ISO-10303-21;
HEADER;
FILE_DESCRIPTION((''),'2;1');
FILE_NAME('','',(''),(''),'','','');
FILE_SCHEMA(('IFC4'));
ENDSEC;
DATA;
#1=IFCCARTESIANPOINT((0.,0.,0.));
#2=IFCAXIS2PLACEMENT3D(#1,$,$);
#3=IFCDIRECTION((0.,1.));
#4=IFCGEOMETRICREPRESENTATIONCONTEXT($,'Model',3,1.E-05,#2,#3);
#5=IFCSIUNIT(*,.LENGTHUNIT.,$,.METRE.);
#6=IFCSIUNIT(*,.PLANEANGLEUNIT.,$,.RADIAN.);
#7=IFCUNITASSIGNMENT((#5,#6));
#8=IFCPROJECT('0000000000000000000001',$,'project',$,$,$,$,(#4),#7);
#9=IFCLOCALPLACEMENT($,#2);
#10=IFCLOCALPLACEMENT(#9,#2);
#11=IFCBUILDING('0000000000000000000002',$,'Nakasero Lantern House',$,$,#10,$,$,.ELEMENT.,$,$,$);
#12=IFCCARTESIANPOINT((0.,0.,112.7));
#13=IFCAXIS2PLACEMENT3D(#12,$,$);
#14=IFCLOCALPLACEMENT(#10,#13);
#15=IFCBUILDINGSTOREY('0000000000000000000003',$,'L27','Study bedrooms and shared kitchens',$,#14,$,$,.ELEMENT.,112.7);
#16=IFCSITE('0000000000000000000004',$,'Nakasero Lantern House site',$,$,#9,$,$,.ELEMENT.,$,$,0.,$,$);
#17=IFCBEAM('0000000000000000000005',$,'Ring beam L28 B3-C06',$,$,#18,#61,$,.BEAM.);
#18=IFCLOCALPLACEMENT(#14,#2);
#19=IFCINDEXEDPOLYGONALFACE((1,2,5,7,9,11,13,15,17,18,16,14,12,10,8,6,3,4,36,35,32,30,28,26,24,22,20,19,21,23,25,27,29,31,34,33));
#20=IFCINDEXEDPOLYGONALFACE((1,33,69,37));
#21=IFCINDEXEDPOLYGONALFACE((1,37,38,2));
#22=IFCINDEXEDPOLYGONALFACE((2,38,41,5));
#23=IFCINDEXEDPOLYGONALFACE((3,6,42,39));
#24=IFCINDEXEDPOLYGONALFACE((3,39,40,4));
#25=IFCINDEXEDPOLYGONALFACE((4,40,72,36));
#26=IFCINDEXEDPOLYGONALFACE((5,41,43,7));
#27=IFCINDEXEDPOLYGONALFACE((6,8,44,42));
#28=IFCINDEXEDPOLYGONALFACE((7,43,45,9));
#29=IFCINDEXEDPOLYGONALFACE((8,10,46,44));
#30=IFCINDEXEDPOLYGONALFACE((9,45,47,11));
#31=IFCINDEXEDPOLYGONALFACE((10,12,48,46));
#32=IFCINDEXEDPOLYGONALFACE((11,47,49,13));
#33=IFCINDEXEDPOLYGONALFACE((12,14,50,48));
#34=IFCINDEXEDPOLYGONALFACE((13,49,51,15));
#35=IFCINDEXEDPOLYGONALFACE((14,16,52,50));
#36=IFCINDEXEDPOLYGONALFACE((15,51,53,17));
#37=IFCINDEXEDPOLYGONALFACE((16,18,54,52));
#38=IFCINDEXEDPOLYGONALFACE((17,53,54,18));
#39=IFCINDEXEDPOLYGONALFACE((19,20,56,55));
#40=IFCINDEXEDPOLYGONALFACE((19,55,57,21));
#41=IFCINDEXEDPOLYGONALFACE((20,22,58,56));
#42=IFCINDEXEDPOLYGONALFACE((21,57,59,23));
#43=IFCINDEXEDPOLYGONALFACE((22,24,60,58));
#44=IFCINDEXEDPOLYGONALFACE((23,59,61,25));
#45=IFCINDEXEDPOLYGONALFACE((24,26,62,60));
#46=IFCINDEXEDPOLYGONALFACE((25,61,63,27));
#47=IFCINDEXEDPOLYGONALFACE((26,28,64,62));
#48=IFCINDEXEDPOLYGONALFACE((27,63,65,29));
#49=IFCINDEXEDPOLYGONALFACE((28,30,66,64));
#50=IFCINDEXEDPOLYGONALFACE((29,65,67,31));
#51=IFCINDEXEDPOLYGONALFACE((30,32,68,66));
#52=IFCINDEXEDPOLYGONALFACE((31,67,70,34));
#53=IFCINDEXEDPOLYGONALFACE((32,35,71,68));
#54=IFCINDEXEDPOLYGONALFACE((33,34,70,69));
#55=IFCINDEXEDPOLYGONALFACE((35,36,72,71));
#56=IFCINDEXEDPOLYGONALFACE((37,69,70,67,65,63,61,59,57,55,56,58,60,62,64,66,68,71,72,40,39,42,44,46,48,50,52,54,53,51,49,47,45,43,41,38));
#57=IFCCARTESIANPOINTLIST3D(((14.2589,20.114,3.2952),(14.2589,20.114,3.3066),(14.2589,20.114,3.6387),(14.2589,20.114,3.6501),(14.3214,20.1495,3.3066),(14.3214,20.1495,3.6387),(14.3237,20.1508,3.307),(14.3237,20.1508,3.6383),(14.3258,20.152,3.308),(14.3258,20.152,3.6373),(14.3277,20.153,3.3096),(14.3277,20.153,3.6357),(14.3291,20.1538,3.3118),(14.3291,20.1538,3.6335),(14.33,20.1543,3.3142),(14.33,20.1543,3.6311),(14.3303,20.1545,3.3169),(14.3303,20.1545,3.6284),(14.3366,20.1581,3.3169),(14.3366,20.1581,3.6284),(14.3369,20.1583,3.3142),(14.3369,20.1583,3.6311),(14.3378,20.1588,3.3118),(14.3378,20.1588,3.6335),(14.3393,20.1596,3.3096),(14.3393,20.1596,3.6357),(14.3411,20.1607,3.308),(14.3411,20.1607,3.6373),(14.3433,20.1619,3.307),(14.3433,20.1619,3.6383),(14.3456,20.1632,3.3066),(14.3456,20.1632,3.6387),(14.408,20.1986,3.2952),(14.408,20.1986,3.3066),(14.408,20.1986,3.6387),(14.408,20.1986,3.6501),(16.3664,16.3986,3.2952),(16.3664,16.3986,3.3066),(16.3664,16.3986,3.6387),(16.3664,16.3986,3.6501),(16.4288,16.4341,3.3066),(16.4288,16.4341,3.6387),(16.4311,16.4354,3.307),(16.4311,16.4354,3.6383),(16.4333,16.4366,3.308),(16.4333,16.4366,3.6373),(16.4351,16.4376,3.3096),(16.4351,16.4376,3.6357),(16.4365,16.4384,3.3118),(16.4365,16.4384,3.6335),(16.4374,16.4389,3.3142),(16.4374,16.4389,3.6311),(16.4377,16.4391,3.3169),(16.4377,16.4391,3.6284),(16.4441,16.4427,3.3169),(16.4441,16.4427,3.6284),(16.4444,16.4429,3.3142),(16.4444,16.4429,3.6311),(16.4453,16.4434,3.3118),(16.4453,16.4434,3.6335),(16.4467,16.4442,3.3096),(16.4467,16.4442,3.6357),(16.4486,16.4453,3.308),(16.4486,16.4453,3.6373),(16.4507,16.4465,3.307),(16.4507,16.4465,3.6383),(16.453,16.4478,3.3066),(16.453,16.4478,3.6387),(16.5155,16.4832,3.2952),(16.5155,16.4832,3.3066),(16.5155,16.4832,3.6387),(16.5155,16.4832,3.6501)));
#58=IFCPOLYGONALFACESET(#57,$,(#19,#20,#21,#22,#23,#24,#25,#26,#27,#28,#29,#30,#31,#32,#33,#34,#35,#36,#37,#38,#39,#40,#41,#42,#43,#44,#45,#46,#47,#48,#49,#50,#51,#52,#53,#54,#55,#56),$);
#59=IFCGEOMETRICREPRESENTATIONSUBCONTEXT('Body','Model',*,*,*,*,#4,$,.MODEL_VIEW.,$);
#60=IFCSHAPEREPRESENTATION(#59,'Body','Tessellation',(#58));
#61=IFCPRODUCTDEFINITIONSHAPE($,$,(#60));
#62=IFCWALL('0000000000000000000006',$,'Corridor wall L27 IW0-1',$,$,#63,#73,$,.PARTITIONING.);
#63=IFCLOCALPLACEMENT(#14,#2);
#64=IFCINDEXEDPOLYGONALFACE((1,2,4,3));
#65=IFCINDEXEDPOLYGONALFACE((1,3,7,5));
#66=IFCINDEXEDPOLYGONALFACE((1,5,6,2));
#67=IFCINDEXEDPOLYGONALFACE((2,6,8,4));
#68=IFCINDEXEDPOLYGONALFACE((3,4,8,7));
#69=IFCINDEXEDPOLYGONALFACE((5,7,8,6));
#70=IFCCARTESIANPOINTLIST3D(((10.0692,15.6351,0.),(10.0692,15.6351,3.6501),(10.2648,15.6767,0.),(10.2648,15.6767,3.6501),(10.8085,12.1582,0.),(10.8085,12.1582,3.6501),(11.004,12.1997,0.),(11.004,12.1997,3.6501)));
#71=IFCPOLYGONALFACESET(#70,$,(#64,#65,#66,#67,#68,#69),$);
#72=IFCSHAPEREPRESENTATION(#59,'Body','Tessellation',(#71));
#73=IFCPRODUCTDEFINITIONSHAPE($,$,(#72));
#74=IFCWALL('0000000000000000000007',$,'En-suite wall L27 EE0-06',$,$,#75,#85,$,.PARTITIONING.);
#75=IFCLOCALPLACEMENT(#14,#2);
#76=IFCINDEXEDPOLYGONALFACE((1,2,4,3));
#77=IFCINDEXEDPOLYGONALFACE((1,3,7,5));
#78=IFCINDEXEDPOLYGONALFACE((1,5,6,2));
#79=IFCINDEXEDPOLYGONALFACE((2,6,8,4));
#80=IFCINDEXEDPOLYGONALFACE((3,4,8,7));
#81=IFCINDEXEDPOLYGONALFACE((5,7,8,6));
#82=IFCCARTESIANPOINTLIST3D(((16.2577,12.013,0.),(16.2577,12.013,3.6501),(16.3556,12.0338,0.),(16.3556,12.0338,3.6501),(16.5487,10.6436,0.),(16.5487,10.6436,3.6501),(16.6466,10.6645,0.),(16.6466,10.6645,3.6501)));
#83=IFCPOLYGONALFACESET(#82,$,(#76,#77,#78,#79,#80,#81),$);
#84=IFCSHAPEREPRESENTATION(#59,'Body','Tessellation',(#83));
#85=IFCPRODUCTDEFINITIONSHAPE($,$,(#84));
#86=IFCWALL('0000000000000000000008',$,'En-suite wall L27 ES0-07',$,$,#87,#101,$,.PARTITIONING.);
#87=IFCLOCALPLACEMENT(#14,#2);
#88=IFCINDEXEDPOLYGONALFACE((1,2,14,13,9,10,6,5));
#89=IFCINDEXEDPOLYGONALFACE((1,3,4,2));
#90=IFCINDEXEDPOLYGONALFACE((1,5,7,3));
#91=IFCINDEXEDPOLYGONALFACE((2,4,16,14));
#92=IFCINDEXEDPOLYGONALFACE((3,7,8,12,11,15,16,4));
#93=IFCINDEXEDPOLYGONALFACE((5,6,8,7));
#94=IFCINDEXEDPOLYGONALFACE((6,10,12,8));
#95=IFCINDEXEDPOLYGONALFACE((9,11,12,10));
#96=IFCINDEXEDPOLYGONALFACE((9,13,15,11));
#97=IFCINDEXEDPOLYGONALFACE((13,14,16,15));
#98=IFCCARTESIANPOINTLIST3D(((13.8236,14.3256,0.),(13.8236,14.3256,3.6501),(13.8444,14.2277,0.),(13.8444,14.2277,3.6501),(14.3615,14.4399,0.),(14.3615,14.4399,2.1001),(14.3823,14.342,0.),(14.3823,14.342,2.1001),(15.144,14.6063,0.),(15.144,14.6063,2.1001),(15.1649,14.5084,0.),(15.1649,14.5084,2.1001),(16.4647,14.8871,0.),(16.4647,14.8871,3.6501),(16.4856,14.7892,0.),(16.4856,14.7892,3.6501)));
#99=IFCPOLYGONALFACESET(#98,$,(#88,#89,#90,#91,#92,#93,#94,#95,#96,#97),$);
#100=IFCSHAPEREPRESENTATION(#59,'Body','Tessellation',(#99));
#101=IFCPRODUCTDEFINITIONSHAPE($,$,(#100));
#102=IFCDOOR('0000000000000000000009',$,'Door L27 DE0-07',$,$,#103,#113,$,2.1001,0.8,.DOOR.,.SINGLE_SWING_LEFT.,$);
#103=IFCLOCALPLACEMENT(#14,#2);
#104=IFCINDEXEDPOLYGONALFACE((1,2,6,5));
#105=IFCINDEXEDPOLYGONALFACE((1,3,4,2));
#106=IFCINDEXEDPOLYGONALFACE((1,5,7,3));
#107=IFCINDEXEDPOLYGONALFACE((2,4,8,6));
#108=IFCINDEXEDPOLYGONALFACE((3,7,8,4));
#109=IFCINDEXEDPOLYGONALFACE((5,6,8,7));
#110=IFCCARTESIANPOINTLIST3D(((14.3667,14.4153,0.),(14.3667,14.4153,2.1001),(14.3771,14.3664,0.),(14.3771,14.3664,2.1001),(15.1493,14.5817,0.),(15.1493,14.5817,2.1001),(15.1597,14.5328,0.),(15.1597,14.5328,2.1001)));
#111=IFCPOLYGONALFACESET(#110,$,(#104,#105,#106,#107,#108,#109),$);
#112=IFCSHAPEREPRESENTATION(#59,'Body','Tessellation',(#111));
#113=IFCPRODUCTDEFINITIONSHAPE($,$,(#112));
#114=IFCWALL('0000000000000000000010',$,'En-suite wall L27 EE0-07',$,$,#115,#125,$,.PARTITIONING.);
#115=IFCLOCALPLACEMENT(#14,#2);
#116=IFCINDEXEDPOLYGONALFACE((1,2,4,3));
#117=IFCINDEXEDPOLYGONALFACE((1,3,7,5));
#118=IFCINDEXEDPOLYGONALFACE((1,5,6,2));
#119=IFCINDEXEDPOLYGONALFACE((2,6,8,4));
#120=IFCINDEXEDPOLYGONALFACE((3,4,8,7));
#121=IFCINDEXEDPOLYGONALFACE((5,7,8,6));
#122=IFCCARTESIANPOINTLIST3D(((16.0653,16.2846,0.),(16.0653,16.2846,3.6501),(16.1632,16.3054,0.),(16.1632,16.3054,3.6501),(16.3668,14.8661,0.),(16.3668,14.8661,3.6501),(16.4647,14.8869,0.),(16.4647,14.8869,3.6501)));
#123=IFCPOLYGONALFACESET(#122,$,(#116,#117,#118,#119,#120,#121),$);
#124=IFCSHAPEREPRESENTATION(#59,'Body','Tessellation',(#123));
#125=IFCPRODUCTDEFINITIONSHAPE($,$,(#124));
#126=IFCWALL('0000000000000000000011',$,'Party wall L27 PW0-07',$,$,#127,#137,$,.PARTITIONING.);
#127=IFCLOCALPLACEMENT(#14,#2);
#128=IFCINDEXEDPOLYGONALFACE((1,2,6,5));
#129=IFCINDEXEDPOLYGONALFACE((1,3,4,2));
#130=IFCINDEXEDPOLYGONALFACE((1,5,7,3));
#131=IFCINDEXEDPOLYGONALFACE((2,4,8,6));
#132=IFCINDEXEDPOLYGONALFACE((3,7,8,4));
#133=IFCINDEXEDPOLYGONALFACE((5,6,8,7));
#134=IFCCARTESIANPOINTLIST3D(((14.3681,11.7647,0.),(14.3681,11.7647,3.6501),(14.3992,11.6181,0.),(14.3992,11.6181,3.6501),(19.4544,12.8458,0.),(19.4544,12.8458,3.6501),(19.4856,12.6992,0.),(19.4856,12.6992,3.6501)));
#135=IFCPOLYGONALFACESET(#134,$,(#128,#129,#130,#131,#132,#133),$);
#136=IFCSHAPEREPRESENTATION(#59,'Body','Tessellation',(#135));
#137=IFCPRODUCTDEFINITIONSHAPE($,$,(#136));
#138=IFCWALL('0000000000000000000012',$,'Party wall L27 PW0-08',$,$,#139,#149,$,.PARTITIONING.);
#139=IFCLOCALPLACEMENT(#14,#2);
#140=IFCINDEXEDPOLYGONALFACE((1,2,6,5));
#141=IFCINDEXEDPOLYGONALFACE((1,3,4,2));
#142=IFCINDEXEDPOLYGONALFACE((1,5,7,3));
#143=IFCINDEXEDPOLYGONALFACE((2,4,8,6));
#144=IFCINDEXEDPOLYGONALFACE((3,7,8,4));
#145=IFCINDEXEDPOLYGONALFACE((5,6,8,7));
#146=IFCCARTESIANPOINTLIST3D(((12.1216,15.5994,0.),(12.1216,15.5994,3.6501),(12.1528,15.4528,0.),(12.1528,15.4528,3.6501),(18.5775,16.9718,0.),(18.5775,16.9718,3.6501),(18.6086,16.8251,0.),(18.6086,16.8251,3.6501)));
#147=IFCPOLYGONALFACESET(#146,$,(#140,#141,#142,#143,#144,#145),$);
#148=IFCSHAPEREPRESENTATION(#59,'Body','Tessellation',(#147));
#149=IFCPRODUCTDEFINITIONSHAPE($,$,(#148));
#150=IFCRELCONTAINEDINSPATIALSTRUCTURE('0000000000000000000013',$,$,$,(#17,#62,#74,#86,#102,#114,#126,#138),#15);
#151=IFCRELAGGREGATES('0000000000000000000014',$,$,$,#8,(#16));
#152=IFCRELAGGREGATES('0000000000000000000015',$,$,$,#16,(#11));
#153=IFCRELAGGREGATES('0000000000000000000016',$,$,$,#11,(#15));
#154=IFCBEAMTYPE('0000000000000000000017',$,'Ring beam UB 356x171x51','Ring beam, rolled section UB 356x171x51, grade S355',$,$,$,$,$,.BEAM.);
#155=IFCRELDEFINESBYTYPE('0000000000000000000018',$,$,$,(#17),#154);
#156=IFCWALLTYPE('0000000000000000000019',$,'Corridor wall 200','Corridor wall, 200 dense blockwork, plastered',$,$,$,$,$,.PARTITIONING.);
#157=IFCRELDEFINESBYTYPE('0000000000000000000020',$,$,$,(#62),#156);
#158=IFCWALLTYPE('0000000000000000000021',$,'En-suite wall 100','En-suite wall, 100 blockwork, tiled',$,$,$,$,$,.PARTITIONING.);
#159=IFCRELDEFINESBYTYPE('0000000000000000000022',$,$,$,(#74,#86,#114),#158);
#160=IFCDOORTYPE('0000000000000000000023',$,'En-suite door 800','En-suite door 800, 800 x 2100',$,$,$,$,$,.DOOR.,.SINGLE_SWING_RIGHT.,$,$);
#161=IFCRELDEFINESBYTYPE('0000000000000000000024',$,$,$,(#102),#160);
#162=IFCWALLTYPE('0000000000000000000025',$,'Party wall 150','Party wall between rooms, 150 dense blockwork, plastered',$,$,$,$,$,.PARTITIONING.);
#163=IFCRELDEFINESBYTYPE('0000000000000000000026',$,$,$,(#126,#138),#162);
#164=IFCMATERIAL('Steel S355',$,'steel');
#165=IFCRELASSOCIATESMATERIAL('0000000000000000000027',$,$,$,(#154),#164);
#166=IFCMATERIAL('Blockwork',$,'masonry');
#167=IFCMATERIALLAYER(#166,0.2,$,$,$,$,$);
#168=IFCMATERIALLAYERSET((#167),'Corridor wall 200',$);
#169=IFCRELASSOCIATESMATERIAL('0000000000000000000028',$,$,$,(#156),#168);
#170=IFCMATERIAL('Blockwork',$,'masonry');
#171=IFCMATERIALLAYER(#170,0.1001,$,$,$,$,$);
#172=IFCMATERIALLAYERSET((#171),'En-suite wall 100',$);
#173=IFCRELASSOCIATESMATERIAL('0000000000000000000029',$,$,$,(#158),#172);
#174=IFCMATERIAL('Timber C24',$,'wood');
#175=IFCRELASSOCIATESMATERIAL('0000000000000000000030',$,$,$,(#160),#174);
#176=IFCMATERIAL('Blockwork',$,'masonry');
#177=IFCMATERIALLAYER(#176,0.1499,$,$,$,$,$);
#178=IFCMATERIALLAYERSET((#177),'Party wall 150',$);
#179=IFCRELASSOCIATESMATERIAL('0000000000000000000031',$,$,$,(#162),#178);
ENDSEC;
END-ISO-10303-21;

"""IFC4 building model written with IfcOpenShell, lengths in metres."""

from ifc_helpers import new_model, si_unit, direction, frame, frame_2d, origin, origin_2d, place, context, subcontext, project, spatial, rectangle, i_section, extrude, material, layer, layer_set, material_profile, profile_set, type_object, element, fill, save


model = new_model("IFC4")

# Units and contexts
model_context = context("Model", 3, precision=1e-05, world=origin(), true_north=direction((0.0, 1.0)))
body_context = subcontext(model_context, "Body", "Model", "MODEL_VIEW")
ifc_project = project(units=[si_unit("LENGTHUNIT", "METRE"), si_unit("PLANEANGLEUNIT", "RADIAN")], contexts=[model_context])

# Site, building, storey
site_placement = place(None, origin())
site = spatial("IfcSite", under=ifc_project, at=site_placement, Name="Nakasero Lantern House site", CompositionType="ELEMENT", RefElevation=0.0)
building_placement = place(site_placement, origin())
building = spatial("IfcBuilding", under=site, at=building_placement, Name="Nakasero Lantern House", CompositionType="ELEMENT")
storey_placement = place(building_placement, frame((0.0, 0.0, 112.7)))
storey = spatial("IfcBuildingStorey", under=building, at=storey_placement, Name="L27", Description="Study bedrooms and shared kitchens", CompositionType="ELEMENT", Elevation=112.7)

# Beam
ifc_material_1 = material(Name="Steel S355", Category="steel")
ifc_material_profile_1 = material_profile(ifc_material_1, i_section(OverallWidth=0.1714, OverallDepth=0.355, WebThickness=0.0073, FlangeThickness=0.0115, FilletRadius=0.0103, at=origin_2d()), Name="UB 356x171x51")
ifc_profile_set_1 = profile_set([ifc_material_profile_1], Name="Steel S355")
beam_type_1 = type_object("IfcBeamType", Name="Ring beam UB 356x171x51", Description="Ring beam, rolled section UB 356x171x51, grade S355", PredefinedType="BEAM", material=ifc_profile_set_1)
beam_1_placement = place(storey_placement, frame((16.4409, 16.4409, 3.4727), z_axis=(-0.493379, 0.869815, 0.0), x_axis=(-0.869815, -0.493379, 0.0)))
element("IfcBeam", 1, at=beam_1_placement, inside=storey, type_object=beam_type_1, Name="Ring beam L28 B3-C06", PredefinedType="BEAM", context=body_context, shape_type="SweptSolid", body=[
    extrude(i_section(OverallWidth=0.1714, OverallDepth=0.355, WebThickness=0.0073, FlangeThickness=0.0115, FilletRadius=0.0103, at=origin_2d()), origin(), (0.0, 0.0, 1.0), 4.2715),
])

# Walls
ifc_material_2 = material(Name="Blockwork", Category="masonry")
ifc_layer_1 = layer(ifc_material_2, 0.2)
ifc_layer_set_1 = layer_set([ifc_layer_1], Name="Corridor wall 200")
wall_type_1 = type_object("IfcWallType", Name="Corridor wall 200", Description="Corridor wall, 200 dense blockwork, plastered", PredefinedType="PARTITIONING", material=ifc_layer_set_1)
wall_1_placement = place(storey_placement, frame((10.9062, 12.179, 0.0), z_axis=(0.0, 0.0, 1.0), x_axis=(-0.207962, 0.978137, 0.0)))
element("IfcWall", 2, at=wall_1_placement, inside=storey, type_object=wall_type_1, Name="Corridor wall L27 IW0-1", PredefinedType="PARTITIONING", context=body_context, shape_type="SweptSolid", body=[
    extrude(rectangle(XDim=3.5547, YDim=0.2, at=frame_2d((1.7773, 0.0))), origin(), (0.0, 0.0, 1.0), 3.6501),
])
ifc_material_3 = material(Name="Blockwork", Category="masonry")
ifc_layer_2 = layer(ifc_material_3, 0.1001)
ifc_layer_set_2 = layer_set([ifc_layer_2], Name="En-suite wall 100")
wall_type_2 = type_object("IfcWallType", Name="En-suite wall 100", Description="En-suite wall, 100 blockwork, tiled", PredefinedType="PARTITIONING", material=ifc_layer_set_2)
wall_2_placement = place(storey_placement, frame((16.5977, 10.6541, 0.0), z_axis=(0.0, 0.0, 1.0), x_axis=(-0.207873, 0.978156, 0.0)))
element("IfcWall", 3, at=wall_2_placement, inside=storey, type_object=wall_type_2, Name="En-suite wall L27 EE0-06", PredefinedType="PARTITIONING", context=body_context, shape_type="SweptSolid", body=[
    extrude(rectangle(XDim=1.3999, YDim=0.1001, at=frame_2d((0.7, 0.0))), origin(), (0.0, 0.0, 1.0), 3.6501),
])

# Wall, opening, door
wall_3_placement = place(storey_placement, frame((13.834, 14.2766, 0.0), z_axis=(0.0, 0.0, 1.0), x_axis=(0.978137, 0.20796, 0.0)))
wall_3 = element("IfcWall", 4, at=wall_3_placement, inside=storey, type_object=wall_type_2, Name="En-suite wall L27 ES0-07", PredefinedType="PARTITIONING", context=body_context, shape_type="SweptSolid", body=[
    extrude(rectangle(XDim=2.7002, YDim=0.1001, at=frame_2d((1.3501, 0.0))), origin(), (0.0, 0.0, 1.0), 3.6501),
])
opening_placement = place(wall_3_placement, frame((0.55, 0.0, 0.0)))
opening = element("IfcOpeningElement", 5, at=opening_placement, cuts=wall_3, PredefinedType="OPENING", context=body_context, shape_type="SweptSolid", body=[
    extrude(rectangle(XDim=0.8, YDim=2.1001, at=frame_2d((0.3999, 1.05))), frame((0.0, 0.0701, 0.0), z_axis=(0.0, -1.0, 0.0), x_axis=(1.0, 0.0, 0.0)), (0.0, 0.0, 1.0), 0.1401),
])
ifc_material_4 = material(Name="Timber C24", Category="wood")
door_type = type_object("IfcDoorType", Name="En-suite door 800", Description="En-suite door 800, 800 x 2100", OperationType="SINGLE_SWING_RIGHT", PredefinedType="DOOR", material=ifc_material_4)
door_placement = place(opening_placement, origin())
door = element("IfcDoor", 6, at=door_placement, inside=storey, type_object=door_type, Name="Door L27 DE0-07", OperationType="SINGLE_SWING_LEFT", OverallHeight=2.1001, OverallWidth=0.8, PredefinedType="DOOR", context=body_context, shape_type="SweptSolid", body=[
    extrude(rectangle(XDim=0.8, YDim=2.1001, at=frame_2d((0.3999, 1.05))), frame((0.0, 0.0249, 0.0), z_axis=(0.0, -1.0, 0.0), x_axis=(1.0, 0.0, 0.0)), (0.0, 0.0, 1.0), 0.05),
])
fill(opening, door)

# Walls
wall_4_placement = place(storey_placement, frame((16.4158, 14.8765, 0.0), z_axis=(0.0, 0.0, 1.0), x_axis=(-0.207919, 0.978146, 0.0)))
element("IfcWall", 7, at=wall_4_placement, inside=storey, type_object=wall_type_2, Name="En-suite wall L27 EE0-07", PredefinedType="PARTITIONING", context=body_context, shape_type="SweptSolid", body=[
    extrude(rectangle(XDim=1.4502, YDim=0.1001, at=frame_2d((0.7251, 0.0))), origin(), (0.0, 0.0, 1.0), 3.6501),
])
ifc_material_5 = material(Name="Blockwork", Category="masonry")
ifc_layer_3 = layer(ifc_material_5, 0.1499)
ifc_layer_set_3 = layer_set([ifc_layer_3], Name="Party wall 150")
wall_type_3 = type_object("IfcWallType", Name="Party wall 150", Description="Party wall between rooms, 150 dense blockwork, plastered", PredefinedType="PARTITIONING", material=ifc_layer_set_3)
wall_5_placement = place(storey_placement, frame((14.3835, 11.6914, 0.0), z_axis=(0.0, 0.0, 1.0), x_axis=(0.978151, 0.207894, 0.0)))
element("IfcWall", 8, at=wall_5_placement, inside=storey, type_object=wall_type_3, Name="Party wall L27 PW0-07", PredefinedType="PARTITIONING", context=body_context, shape_type="SweptSolid", body=[
    extrude(rectangle(XDim=5.2, YDim=0.1499, at=frame_2d((2.6001, 0.0))), origin(), (0.0, 0.0, 1.0), 3.6501),
])
wall_6_placement = place(storey_placement, frame((12.1372, 15.5261, 0.0), z_axis=(0.0, 0.0, 1.0), x_axis=(0.978145, 0.207925, 0.0)))
element("IfcWall", 9, at=wall_6_placement, inside=storey, type_object=wall_type_3, Name="Party wall L27 PW0-08", PredefinedType="PARTITIONING", context=body_context, shape_type="SweptSolid", body=[
    extrude(rectangle(XDim=6.6001, YDim=0.1499, at=frame_2d((3.3, 0.0))), origin(), (0.0, 0.0, 1.0), 3.6501),
])

save(model, "model.ifc")
